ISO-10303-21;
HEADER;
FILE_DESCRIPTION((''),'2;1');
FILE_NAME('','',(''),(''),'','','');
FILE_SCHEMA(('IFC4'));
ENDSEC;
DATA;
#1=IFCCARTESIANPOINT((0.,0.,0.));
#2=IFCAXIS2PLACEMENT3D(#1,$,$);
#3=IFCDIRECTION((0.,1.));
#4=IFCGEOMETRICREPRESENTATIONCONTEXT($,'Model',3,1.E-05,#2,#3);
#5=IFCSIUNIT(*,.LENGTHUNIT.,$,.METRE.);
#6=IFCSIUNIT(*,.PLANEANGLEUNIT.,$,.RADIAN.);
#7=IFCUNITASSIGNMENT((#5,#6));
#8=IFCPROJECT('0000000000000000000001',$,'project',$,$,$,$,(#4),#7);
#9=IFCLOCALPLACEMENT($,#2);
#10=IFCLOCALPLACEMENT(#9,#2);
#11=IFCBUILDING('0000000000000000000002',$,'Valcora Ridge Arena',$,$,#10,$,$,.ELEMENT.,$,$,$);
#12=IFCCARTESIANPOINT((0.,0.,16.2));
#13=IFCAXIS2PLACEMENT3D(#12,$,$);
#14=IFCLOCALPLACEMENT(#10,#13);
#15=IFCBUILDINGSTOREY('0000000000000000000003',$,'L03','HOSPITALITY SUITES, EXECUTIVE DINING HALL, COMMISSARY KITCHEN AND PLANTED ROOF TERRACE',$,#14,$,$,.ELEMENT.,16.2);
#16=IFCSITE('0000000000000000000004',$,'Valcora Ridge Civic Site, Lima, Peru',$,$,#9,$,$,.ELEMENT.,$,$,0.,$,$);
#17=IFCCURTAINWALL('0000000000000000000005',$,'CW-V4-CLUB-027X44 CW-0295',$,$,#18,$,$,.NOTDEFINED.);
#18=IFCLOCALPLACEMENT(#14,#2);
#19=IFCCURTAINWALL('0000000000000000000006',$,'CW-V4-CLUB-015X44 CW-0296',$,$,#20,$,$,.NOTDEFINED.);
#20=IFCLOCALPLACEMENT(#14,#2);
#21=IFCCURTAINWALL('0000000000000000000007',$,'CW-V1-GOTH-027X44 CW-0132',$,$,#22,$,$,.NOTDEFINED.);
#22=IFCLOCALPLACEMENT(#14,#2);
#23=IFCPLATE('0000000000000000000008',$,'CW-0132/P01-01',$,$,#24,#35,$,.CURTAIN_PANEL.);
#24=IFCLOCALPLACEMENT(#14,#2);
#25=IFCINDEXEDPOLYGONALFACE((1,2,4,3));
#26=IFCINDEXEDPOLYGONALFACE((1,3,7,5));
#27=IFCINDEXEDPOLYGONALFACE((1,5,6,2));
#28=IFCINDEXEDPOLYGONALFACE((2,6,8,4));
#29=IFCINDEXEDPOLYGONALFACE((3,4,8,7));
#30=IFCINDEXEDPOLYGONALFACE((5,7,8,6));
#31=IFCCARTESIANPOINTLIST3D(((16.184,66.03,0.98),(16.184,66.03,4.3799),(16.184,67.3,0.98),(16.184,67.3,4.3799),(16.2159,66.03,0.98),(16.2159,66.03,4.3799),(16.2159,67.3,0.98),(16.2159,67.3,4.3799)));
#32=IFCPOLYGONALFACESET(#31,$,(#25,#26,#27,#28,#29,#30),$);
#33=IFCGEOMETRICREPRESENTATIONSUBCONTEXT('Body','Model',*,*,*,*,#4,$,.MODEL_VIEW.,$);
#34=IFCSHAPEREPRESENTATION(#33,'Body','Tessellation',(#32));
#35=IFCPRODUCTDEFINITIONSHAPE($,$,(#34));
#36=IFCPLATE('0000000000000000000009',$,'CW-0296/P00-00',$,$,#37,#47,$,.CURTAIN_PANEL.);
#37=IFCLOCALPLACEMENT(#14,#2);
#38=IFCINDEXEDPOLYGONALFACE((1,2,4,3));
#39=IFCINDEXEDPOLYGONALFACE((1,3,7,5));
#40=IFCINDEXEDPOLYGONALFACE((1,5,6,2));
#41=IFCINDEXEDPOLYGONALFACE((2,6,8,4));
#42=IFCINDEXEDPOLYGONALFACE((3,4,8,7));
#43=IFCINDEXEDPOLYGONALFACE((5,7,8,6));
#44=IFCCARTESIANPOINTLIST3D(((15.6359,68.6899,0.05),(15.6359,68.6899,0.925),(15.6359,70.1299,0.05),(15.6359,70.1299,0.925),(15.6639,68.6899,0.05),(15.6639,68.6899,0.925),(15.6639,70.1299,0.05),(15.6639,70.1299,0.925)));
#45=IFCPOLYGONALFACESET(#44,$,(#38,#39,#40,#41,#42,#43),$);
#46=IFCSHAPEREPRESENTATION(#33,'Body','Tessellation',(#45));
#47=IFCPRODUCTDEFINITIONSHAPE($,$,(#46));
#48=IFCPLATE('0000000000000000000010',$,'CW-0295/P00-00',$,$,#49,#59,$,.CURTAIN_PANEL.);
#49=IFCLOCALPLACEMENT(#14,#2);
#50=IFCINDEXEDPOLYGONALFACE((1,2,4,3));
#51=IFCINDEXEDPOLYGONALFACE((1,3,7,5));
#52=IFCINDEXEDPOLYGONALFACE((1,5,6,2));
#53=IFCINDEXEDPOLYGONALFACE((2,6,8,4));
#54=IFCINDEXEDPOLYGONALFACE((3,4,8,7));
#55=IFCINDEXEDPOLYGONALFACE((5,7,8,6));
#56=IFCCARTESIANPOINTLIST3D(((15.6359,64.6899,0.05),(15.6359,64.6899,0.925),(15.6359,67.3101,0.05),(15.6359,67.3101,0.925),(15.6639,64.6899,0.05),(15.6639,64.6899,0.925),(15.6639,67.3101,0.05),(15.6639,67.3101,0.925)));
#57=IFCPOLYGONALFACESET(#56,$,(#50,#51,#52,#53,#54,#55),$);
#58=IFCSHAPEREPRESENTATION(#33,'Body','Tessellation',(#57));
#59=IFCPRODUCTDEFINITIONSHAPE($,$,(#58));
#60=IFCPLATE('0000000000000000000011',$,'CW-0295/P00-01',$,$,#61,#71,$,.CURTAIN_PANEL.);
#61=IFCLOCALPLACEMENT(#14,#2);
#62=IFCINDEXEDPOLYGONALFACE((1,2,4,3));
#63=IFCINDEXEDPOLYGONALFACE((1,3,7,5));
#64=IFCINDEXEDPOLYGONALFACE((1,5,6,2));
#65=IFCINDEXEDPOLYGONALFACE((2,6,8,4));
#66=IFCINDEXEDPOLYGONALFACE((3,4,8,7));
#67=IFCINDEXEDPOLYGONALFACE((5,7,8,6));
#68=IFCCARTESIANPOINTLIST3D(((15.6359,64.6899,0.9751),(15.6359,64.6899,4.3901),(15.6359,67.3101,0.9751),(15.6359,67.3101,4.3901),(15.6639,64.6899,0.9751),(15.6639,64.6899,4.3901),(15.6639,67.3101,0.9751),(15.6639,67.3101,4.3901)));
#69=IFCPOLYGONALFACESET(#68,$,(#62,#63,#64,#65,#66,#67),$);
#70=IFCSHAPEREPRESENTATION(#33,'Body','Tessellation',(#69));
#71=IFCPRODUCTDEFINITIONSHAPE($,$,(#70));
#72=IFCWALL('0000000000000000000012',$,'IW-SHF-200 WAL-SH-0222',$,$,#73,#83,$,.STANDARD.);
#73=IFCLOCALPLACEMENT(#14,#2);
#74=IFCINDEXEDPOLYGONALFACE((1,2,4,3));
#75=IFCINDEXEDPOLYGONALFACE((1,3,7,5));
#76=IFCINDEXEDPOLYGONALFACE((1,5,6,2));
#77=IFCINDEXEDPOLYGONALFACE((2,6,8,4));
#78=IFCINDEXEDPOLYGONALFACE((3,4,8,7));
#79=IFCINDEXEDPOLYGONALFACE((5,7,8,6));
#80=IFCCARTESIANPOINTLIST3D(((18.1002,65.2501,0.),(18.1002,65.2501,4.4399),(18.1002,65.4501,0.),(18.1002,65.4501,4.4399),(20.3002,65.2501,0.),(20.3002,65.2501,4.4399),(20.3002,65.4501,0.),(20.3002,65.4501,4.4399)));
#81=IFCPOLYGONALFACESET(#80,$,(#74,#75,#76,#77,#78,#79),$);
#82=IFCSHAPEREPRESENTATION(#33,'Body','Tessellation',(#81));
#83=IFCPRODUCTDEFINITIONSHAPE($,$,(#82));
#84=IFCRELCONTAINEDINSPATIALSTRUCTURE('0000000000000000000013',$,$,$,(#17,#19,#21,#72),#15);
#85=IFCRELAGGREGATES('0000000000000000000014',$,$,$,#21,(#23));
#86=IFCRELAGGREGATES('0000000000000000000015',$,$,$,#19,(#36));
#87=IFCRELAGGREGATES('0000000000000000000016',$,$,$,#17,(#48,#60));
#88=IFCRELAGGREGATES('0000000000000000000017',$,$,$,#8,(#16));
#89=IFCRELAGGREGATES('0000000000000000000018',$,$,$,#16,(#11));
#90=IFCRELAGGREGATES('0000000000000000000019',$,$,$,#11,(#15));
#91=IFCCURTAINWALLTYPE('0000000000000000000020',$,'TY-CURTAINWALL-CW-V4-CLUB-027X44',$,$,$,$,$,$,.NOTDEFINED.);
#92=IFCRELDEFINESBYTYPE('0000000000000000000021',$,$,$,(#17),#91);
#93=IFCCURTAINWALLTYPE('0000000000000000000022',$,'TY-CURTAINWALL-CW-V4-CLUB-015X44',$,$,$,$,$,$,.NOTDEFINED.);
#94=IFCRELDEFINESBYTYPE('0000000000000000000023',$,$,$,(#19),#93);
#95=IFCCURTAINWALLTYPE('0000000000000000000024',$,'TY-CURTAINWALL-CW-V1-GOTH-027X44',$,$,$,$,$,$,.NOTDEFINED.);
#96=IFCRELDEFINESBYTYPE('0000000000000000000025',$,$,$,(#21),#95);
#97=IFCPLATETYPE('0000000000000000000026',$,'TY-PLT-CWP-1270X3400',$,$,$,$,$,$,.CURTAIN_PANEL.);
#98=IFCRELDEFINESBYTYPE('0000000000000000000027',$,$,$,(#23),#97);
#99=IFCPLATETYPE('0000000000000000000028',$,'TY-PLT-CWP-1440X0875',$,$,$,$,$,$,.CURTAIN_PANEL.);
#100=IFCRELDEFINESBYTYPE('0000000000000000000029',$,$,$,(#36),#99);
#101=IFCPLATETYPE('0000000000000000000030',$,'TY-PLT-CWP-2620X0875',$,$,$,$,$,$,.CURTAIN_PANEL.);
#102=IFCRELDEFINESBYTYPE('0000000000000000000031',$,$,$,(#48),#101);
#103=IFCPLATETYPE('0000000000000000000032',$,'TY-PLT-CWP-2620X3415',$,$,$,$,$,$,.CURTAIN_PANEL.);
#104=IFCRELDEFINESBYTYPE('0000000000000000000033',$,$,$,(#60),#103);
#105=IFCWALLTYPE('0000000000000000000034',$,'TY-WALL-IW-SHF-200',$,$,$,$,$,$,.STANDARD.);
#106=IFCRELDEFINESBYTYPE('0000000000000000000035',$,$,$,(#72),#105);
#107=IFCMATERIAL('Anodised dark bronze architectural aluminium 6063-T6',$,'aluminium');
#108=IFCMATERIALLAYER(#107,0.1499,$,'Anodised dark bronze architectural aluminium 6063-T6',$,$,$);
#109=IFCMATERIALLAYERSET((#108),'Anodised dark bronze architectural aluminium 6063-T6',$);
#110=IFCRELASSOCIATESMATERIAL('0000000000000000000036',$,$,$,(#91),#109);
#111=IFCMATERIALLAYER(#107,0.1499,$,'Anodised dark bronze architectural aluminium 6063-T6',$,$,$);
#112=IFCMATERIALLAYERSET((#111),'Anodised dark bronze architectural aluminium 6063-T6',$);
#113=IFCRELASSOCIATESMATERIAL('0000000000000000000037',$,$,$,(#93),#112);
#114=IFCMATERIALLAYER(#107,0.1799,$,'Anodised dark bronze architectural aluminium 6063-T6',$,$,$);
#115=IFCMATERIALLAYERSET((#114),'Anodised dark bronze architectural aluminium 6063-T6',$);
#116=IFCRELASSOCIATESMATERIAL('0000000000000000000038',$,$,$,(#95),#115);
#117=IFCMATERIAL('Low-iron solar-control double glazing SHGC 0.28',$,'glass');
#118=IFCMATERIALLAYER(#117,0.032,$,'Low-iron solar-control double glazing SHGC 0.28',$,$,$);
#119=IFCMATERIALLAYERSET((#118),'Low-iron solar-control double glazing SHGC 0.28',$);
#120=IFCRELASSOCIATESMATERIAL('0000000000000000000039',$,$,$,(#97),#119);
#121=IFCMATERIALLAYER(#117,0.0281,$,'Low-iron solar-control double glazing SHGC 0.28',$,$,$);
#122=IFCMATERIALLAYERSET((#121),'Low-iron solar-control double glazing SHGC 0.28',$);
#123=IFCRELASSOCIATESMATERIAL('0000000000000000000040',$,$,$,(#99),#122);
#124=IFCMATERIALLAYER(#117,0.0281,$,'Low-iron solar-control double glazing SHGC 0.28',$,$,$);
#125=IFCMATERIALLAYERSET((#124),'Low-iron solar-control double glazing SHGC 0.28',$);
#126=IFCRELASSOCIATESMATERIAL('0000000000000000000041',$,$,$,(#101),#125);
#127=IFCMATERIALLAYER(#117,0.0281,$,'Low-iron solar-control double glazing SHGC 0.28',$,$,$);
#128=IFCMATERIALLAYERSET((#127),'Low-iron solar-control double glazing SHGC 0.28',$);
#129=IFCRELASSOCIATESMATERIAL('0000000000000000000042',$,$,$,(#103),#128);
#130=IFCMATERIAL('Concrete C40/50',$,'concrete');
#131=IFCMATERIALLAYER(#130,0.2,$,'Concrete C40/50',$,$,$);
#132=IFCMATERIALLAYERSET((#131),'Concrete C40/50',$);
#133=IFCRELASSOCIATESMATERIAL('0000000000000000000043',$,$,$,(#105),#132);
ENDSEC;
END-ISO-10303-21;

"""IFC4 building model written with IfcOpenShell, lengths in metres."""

from ifc_helpers import new_model, si_unit, direction, frame, frame_2d, origin, origin_2d, place, context, subcontext, project, spatial, rectangle, extrude, material, layer, layer_set, type_object, element, aggregate, save


model = new_model("IFC4")

# Units and contexts
model_context = context("Model", 3, precision=1e-05, world=origin(), true_north=direction((0.0, 1.0)))
body_context = subcontext(model_context, "Body", "Model", "MODEL_VIEW")
ifc_project = project(units=[si_unit("LENGTHUNIT", "METRE"), si_unit("PLANEANGLEUNIT", "RADIAN")], contexts=[model_context])

# Site, building, storey
site_placement = place(None, origin())
site = spatial("IfcSite", under=ifc_project, at=site_placement, Name="Valcora Ridge Civic Site, Lima, Peru", CompositionType="ELEMENT", RefElevation=0.0)
building_placement = place(site_placement, origin())
building = spatial("IfcBuilding", under=site, at=building_placement, Name="Valcora Ridge Arena", CompositionType="ELEMENT")
storey_placement = place(building_placement, frame((0.0, 0.0, 16.2)))
storey = spatial("IfcBuildingStorey", under=building, at=storey_placement, Name="L03", Description="HOSPITALITY SUITES, EXECUTIVE DINING HALL, COMMISSARY KITCHEN AND PLANTED ROOF TERRACE", CompositionType="ELEMENT", Elevation=16.2)

# Shared definitions
ifc_material_1 = material(Name="Concrete C40/50", Category="concrete")

# Curtain wall
ifc_material_2 = material(Name="Anodised dark bronze architectural aluminium 6063-T6", Category="aluminium")
ifc_layer_1 = layer(ifc_material_2, 0.1499, Name="Anodised dark bronze architectural aluminium 6063-T6")
ifc_layer_set_1 = layer_set([ifc_layer_1], Name="Anodised dark bronze architectural aluminium 6063-T6")
curtain_wall_type_1 = type_object("IfcCurtainWallType", Name="TY-CURTAINWALL-CW-V4-CLUB-027X44", PredefinedType="NOTDEFINED", material=ifc_layer_set_1)
curtain_wall_1_placement = place(storey_placement, origin())
curtain_wall_1 = element("IfcCurtainWall", 1, at=curtain_wall_1_placement, inside=storey, type_object=curtain_wall_type_1, Name="CW-V4-CLUB-027X44 CW-0295", PredefinedType="NOTDEFINED")

# Curtain wall
ifc_layer_2 = layer(ifc_material_2, 0.1499, Name="Anodised dark bronze architectural aluminium 6063-T6")
ifc_layer_set_2 = layer_set([ifc_layer_2], Name="Anodised dark bronze architectural aluminium 6063-T6")
curtain_wall_type_2 = type_object("IfcCurtainWallType", Name="TY-CURTAINWALL-CW-V4-CLUB-015X44", PredefinedType="NOTDEFINED", material=ifc_layer_set_2)
curtain_wall_2_placement = place(storey_placement, origin())
curtain_wall_2 = element("IfcCurtainWall", 2, at=curtain_wall_2_placement, inside=storey, type_object=curtain_wall_type_2, Name="CW-V4-CLUB-015X44 CW-0296", PredefinedType="NOTDEFINED")

# Curtain wall
ifc_layer_3 = layer(ifc_material_2, 0.1799, Name="Anodised dark bronze architectural aluminium 6063-T6")
ifc_layer_set_3 = layer_set([ifc_layer_3], Name="Anodised dark bronze architectural aluminium 6063-T6")
curtain_wall_type_3 = type_object("IfcCurtainWallType", Name="TY-CURTAINWALL-CW-V1-GOTH-027X44", PredefinedType="NOTDEFINED", material=ifc_layer_set_3)
curtain_wall_3_placement = place(storey_placement, origin())
curtain_wall_3 = element("IfcCurtainWall", 3, at=curtain_wall_3_placement, inside=storey, type_object=curtain_wall_type_3, Name="CW-V1-GOTH-027X44 CW-0132", PredefinedType="NOTDEFINED")

# Plates
ifc_material_3 = material(Name="Low-iron solar-control double glazing SHGC 0.28", Category="glass")
ifc_layer_4 = layer(ifc_material_3, 0.032, Name="Low-iron solar-control double glazing SHGC 0.28")
ifc_layer_set_4 = layer_set([ifc_layer_4], Name="Low-iron solar-control double glazing SHGC 0.28")
plate_type_1 = type_object("IfcPlateType", Name="TY-PLT-CWP-1270X3400", PredefinedType="CURTAIN_PANEL", material=ifc_layer_set_4)
plate_1_placement = place(storey_placement, frame((16.2, 66.665, 0.98), z_axis=(0.0, 0.0, 1.0), x_axis=(0.0, 1.0, 0.0)))
plate_1 = element("IfcPlate", 4, at=plate_1_placement, type_object=plate_type_1, Name="CW-0132/P01-01", PredefinedType="CURTAIN_PANEL", context=body_context, shape_type="SweptSolid", body=[
    extrude(rectangle(XDim=1.27, YDim=0.032, at=origin_2d()), origin(), (0.0, 0.0, 1.0), 3.3999),
])
aggregate(curtain_wall_3, [plate_1])
ifc_layer_5 = layer(ifc_material_3, 0.0281, Name="Low-iron solar-control double glazing SHGC 0.28")
ifc_layer_set_5 = layer_set([ifc_layer_5], Name="Low-iron solar-control double glazing SHGC 0.28")
plate_type_2 = type_object("IfcPlateType", Name="TY-PLT-CWP-1440X0875", PredefinedType="CURTAIN_PANEL", material=ifc_layer_set_5)
plate_2_placement = place(storey_placement, frame((15.6499, 69.4099, 0.05), z_axis=(0.0, 0.0, 1.0), x_axis=(0.0, 1.0, 0.0)))
plate_2 = element("IfcPlate", 5, at=plate_2_placement, type_object=plate_type_2, Name="CW-0296/P00-00", PredefinedType="CURTAIN_PANEL", context=body_context, shape_type="SweptSolid", body=[
    extrude(rectangle(XDim=1.4399, YDim=0.0281, at=origin_2d()), origin(), (0.0, 0.0, 1.0), 0.875),
])
aggregate(curtain_wall_2, [plate_2])
ifc_layer_6 = layer(ifc_material_3, 0.0281, Name="Low-iron solar-control double glazing SHGC 0.28")
ifc_layer_set_6 = layer_set([ifc_layer_6], Name="Low-iron solar-control double glazing SHGC 0.28")
plate_type_3 = type_object("IfcPlateType", Name="TY-PLT-CWP-2620X0875", PredefinedType="CURTAIN_PANEL", material=ifc_layer_set_6)
plate_3_placement = place(storey_placement, frame((15.6499, 66.0, 0.05), z_axis=(0.0, 0.0, 1.0), x_axis=(0.0, 1.0, 0.0)))
plate_3 = element("IfcPlate", 6, at=plate_3_placement, type_object=plate_type_3, Name="CW-0295/P00-00", PredefinedType="CURTAIN_PANEL", context=body_context, shape_type="SweptSolid", body=[
    extrude(rectangle(XDim=2.6201, YDim=0.0281, at=origin_2d()), origin(), (0.0, 0.0, 1.0), 0.875),
])
ifc_layer_7 = layer(ifc_material_3, 0.0281, Name="Low-iron solar-control double glazing SHGC 0.28")
ifc_layer_set_7 = layer_set([ifc_layer_7], Name="Low-iron solar-control double glazing SHGC 0.28")
plate_type_4 = type_object("IfcPlateType", Name="TY-PLT-CWP-2620X3415", PredefinedType="CURTAIN_PANEL", material=ifc_layer_set_7)
plate_4_placement = place(storey_placement, frame((15.6499, 66.0, 0.9751), z_axis=(0.0, 0.0, 1.0), x_axis=(0.0, 1.0, 0.0)))
plate_4 = element("IfcPlate", 7, at=plate_4_placement, type_object=plate_type_4, Name="CW-0295/P00-01", PredefinedType="CURTAIN_PANEL", context=body_context, shape_type="SweptSolid", body=[
    extrude(rectangle(XDim=2.6201, YDim=0.0281, at=origin_2d()), origin(), (0.0, 0.0, 1.0), 3.415),
])
aggregate(curtain_wall_1, [plate_3, plate_4])

# Wall
ifc_layer_8 = layer(ifc_material_1, 0.2, Name="Concrete C40/50")
ifc_layer_set_8 = layer_set([ifc_layer_8], Name="Concrete C40/50")
wall_type = type_object("IfcWallType", Name="TY-WALL-IW-SHF-200", PredefinedType="STANDARD", material=ifc_layer_set_8)
wall_placement = place(storey_placement, frame((18.1001, 65.3501, 0.0), z_axis=(0.0, 0.0, 1.0), x_axis=(1.0, 0.0, 0.0)))
element("IfcWall", 8, at=wall_placement, inside=storey, type_object=wall_type, Name="IW-SHF-200 WAL-SH-0222", PredefinedType="STANDARD", context=body_context, shape_type="SweptSolid", body=[
    extrude(rectangle(XDim=2.2, YDim=0.2, at=frame_2d((1.1001, 0.0))), origin(), (0.0, 0.0, 1.0), 4.4399),
])

save(model, "model.ifc")
